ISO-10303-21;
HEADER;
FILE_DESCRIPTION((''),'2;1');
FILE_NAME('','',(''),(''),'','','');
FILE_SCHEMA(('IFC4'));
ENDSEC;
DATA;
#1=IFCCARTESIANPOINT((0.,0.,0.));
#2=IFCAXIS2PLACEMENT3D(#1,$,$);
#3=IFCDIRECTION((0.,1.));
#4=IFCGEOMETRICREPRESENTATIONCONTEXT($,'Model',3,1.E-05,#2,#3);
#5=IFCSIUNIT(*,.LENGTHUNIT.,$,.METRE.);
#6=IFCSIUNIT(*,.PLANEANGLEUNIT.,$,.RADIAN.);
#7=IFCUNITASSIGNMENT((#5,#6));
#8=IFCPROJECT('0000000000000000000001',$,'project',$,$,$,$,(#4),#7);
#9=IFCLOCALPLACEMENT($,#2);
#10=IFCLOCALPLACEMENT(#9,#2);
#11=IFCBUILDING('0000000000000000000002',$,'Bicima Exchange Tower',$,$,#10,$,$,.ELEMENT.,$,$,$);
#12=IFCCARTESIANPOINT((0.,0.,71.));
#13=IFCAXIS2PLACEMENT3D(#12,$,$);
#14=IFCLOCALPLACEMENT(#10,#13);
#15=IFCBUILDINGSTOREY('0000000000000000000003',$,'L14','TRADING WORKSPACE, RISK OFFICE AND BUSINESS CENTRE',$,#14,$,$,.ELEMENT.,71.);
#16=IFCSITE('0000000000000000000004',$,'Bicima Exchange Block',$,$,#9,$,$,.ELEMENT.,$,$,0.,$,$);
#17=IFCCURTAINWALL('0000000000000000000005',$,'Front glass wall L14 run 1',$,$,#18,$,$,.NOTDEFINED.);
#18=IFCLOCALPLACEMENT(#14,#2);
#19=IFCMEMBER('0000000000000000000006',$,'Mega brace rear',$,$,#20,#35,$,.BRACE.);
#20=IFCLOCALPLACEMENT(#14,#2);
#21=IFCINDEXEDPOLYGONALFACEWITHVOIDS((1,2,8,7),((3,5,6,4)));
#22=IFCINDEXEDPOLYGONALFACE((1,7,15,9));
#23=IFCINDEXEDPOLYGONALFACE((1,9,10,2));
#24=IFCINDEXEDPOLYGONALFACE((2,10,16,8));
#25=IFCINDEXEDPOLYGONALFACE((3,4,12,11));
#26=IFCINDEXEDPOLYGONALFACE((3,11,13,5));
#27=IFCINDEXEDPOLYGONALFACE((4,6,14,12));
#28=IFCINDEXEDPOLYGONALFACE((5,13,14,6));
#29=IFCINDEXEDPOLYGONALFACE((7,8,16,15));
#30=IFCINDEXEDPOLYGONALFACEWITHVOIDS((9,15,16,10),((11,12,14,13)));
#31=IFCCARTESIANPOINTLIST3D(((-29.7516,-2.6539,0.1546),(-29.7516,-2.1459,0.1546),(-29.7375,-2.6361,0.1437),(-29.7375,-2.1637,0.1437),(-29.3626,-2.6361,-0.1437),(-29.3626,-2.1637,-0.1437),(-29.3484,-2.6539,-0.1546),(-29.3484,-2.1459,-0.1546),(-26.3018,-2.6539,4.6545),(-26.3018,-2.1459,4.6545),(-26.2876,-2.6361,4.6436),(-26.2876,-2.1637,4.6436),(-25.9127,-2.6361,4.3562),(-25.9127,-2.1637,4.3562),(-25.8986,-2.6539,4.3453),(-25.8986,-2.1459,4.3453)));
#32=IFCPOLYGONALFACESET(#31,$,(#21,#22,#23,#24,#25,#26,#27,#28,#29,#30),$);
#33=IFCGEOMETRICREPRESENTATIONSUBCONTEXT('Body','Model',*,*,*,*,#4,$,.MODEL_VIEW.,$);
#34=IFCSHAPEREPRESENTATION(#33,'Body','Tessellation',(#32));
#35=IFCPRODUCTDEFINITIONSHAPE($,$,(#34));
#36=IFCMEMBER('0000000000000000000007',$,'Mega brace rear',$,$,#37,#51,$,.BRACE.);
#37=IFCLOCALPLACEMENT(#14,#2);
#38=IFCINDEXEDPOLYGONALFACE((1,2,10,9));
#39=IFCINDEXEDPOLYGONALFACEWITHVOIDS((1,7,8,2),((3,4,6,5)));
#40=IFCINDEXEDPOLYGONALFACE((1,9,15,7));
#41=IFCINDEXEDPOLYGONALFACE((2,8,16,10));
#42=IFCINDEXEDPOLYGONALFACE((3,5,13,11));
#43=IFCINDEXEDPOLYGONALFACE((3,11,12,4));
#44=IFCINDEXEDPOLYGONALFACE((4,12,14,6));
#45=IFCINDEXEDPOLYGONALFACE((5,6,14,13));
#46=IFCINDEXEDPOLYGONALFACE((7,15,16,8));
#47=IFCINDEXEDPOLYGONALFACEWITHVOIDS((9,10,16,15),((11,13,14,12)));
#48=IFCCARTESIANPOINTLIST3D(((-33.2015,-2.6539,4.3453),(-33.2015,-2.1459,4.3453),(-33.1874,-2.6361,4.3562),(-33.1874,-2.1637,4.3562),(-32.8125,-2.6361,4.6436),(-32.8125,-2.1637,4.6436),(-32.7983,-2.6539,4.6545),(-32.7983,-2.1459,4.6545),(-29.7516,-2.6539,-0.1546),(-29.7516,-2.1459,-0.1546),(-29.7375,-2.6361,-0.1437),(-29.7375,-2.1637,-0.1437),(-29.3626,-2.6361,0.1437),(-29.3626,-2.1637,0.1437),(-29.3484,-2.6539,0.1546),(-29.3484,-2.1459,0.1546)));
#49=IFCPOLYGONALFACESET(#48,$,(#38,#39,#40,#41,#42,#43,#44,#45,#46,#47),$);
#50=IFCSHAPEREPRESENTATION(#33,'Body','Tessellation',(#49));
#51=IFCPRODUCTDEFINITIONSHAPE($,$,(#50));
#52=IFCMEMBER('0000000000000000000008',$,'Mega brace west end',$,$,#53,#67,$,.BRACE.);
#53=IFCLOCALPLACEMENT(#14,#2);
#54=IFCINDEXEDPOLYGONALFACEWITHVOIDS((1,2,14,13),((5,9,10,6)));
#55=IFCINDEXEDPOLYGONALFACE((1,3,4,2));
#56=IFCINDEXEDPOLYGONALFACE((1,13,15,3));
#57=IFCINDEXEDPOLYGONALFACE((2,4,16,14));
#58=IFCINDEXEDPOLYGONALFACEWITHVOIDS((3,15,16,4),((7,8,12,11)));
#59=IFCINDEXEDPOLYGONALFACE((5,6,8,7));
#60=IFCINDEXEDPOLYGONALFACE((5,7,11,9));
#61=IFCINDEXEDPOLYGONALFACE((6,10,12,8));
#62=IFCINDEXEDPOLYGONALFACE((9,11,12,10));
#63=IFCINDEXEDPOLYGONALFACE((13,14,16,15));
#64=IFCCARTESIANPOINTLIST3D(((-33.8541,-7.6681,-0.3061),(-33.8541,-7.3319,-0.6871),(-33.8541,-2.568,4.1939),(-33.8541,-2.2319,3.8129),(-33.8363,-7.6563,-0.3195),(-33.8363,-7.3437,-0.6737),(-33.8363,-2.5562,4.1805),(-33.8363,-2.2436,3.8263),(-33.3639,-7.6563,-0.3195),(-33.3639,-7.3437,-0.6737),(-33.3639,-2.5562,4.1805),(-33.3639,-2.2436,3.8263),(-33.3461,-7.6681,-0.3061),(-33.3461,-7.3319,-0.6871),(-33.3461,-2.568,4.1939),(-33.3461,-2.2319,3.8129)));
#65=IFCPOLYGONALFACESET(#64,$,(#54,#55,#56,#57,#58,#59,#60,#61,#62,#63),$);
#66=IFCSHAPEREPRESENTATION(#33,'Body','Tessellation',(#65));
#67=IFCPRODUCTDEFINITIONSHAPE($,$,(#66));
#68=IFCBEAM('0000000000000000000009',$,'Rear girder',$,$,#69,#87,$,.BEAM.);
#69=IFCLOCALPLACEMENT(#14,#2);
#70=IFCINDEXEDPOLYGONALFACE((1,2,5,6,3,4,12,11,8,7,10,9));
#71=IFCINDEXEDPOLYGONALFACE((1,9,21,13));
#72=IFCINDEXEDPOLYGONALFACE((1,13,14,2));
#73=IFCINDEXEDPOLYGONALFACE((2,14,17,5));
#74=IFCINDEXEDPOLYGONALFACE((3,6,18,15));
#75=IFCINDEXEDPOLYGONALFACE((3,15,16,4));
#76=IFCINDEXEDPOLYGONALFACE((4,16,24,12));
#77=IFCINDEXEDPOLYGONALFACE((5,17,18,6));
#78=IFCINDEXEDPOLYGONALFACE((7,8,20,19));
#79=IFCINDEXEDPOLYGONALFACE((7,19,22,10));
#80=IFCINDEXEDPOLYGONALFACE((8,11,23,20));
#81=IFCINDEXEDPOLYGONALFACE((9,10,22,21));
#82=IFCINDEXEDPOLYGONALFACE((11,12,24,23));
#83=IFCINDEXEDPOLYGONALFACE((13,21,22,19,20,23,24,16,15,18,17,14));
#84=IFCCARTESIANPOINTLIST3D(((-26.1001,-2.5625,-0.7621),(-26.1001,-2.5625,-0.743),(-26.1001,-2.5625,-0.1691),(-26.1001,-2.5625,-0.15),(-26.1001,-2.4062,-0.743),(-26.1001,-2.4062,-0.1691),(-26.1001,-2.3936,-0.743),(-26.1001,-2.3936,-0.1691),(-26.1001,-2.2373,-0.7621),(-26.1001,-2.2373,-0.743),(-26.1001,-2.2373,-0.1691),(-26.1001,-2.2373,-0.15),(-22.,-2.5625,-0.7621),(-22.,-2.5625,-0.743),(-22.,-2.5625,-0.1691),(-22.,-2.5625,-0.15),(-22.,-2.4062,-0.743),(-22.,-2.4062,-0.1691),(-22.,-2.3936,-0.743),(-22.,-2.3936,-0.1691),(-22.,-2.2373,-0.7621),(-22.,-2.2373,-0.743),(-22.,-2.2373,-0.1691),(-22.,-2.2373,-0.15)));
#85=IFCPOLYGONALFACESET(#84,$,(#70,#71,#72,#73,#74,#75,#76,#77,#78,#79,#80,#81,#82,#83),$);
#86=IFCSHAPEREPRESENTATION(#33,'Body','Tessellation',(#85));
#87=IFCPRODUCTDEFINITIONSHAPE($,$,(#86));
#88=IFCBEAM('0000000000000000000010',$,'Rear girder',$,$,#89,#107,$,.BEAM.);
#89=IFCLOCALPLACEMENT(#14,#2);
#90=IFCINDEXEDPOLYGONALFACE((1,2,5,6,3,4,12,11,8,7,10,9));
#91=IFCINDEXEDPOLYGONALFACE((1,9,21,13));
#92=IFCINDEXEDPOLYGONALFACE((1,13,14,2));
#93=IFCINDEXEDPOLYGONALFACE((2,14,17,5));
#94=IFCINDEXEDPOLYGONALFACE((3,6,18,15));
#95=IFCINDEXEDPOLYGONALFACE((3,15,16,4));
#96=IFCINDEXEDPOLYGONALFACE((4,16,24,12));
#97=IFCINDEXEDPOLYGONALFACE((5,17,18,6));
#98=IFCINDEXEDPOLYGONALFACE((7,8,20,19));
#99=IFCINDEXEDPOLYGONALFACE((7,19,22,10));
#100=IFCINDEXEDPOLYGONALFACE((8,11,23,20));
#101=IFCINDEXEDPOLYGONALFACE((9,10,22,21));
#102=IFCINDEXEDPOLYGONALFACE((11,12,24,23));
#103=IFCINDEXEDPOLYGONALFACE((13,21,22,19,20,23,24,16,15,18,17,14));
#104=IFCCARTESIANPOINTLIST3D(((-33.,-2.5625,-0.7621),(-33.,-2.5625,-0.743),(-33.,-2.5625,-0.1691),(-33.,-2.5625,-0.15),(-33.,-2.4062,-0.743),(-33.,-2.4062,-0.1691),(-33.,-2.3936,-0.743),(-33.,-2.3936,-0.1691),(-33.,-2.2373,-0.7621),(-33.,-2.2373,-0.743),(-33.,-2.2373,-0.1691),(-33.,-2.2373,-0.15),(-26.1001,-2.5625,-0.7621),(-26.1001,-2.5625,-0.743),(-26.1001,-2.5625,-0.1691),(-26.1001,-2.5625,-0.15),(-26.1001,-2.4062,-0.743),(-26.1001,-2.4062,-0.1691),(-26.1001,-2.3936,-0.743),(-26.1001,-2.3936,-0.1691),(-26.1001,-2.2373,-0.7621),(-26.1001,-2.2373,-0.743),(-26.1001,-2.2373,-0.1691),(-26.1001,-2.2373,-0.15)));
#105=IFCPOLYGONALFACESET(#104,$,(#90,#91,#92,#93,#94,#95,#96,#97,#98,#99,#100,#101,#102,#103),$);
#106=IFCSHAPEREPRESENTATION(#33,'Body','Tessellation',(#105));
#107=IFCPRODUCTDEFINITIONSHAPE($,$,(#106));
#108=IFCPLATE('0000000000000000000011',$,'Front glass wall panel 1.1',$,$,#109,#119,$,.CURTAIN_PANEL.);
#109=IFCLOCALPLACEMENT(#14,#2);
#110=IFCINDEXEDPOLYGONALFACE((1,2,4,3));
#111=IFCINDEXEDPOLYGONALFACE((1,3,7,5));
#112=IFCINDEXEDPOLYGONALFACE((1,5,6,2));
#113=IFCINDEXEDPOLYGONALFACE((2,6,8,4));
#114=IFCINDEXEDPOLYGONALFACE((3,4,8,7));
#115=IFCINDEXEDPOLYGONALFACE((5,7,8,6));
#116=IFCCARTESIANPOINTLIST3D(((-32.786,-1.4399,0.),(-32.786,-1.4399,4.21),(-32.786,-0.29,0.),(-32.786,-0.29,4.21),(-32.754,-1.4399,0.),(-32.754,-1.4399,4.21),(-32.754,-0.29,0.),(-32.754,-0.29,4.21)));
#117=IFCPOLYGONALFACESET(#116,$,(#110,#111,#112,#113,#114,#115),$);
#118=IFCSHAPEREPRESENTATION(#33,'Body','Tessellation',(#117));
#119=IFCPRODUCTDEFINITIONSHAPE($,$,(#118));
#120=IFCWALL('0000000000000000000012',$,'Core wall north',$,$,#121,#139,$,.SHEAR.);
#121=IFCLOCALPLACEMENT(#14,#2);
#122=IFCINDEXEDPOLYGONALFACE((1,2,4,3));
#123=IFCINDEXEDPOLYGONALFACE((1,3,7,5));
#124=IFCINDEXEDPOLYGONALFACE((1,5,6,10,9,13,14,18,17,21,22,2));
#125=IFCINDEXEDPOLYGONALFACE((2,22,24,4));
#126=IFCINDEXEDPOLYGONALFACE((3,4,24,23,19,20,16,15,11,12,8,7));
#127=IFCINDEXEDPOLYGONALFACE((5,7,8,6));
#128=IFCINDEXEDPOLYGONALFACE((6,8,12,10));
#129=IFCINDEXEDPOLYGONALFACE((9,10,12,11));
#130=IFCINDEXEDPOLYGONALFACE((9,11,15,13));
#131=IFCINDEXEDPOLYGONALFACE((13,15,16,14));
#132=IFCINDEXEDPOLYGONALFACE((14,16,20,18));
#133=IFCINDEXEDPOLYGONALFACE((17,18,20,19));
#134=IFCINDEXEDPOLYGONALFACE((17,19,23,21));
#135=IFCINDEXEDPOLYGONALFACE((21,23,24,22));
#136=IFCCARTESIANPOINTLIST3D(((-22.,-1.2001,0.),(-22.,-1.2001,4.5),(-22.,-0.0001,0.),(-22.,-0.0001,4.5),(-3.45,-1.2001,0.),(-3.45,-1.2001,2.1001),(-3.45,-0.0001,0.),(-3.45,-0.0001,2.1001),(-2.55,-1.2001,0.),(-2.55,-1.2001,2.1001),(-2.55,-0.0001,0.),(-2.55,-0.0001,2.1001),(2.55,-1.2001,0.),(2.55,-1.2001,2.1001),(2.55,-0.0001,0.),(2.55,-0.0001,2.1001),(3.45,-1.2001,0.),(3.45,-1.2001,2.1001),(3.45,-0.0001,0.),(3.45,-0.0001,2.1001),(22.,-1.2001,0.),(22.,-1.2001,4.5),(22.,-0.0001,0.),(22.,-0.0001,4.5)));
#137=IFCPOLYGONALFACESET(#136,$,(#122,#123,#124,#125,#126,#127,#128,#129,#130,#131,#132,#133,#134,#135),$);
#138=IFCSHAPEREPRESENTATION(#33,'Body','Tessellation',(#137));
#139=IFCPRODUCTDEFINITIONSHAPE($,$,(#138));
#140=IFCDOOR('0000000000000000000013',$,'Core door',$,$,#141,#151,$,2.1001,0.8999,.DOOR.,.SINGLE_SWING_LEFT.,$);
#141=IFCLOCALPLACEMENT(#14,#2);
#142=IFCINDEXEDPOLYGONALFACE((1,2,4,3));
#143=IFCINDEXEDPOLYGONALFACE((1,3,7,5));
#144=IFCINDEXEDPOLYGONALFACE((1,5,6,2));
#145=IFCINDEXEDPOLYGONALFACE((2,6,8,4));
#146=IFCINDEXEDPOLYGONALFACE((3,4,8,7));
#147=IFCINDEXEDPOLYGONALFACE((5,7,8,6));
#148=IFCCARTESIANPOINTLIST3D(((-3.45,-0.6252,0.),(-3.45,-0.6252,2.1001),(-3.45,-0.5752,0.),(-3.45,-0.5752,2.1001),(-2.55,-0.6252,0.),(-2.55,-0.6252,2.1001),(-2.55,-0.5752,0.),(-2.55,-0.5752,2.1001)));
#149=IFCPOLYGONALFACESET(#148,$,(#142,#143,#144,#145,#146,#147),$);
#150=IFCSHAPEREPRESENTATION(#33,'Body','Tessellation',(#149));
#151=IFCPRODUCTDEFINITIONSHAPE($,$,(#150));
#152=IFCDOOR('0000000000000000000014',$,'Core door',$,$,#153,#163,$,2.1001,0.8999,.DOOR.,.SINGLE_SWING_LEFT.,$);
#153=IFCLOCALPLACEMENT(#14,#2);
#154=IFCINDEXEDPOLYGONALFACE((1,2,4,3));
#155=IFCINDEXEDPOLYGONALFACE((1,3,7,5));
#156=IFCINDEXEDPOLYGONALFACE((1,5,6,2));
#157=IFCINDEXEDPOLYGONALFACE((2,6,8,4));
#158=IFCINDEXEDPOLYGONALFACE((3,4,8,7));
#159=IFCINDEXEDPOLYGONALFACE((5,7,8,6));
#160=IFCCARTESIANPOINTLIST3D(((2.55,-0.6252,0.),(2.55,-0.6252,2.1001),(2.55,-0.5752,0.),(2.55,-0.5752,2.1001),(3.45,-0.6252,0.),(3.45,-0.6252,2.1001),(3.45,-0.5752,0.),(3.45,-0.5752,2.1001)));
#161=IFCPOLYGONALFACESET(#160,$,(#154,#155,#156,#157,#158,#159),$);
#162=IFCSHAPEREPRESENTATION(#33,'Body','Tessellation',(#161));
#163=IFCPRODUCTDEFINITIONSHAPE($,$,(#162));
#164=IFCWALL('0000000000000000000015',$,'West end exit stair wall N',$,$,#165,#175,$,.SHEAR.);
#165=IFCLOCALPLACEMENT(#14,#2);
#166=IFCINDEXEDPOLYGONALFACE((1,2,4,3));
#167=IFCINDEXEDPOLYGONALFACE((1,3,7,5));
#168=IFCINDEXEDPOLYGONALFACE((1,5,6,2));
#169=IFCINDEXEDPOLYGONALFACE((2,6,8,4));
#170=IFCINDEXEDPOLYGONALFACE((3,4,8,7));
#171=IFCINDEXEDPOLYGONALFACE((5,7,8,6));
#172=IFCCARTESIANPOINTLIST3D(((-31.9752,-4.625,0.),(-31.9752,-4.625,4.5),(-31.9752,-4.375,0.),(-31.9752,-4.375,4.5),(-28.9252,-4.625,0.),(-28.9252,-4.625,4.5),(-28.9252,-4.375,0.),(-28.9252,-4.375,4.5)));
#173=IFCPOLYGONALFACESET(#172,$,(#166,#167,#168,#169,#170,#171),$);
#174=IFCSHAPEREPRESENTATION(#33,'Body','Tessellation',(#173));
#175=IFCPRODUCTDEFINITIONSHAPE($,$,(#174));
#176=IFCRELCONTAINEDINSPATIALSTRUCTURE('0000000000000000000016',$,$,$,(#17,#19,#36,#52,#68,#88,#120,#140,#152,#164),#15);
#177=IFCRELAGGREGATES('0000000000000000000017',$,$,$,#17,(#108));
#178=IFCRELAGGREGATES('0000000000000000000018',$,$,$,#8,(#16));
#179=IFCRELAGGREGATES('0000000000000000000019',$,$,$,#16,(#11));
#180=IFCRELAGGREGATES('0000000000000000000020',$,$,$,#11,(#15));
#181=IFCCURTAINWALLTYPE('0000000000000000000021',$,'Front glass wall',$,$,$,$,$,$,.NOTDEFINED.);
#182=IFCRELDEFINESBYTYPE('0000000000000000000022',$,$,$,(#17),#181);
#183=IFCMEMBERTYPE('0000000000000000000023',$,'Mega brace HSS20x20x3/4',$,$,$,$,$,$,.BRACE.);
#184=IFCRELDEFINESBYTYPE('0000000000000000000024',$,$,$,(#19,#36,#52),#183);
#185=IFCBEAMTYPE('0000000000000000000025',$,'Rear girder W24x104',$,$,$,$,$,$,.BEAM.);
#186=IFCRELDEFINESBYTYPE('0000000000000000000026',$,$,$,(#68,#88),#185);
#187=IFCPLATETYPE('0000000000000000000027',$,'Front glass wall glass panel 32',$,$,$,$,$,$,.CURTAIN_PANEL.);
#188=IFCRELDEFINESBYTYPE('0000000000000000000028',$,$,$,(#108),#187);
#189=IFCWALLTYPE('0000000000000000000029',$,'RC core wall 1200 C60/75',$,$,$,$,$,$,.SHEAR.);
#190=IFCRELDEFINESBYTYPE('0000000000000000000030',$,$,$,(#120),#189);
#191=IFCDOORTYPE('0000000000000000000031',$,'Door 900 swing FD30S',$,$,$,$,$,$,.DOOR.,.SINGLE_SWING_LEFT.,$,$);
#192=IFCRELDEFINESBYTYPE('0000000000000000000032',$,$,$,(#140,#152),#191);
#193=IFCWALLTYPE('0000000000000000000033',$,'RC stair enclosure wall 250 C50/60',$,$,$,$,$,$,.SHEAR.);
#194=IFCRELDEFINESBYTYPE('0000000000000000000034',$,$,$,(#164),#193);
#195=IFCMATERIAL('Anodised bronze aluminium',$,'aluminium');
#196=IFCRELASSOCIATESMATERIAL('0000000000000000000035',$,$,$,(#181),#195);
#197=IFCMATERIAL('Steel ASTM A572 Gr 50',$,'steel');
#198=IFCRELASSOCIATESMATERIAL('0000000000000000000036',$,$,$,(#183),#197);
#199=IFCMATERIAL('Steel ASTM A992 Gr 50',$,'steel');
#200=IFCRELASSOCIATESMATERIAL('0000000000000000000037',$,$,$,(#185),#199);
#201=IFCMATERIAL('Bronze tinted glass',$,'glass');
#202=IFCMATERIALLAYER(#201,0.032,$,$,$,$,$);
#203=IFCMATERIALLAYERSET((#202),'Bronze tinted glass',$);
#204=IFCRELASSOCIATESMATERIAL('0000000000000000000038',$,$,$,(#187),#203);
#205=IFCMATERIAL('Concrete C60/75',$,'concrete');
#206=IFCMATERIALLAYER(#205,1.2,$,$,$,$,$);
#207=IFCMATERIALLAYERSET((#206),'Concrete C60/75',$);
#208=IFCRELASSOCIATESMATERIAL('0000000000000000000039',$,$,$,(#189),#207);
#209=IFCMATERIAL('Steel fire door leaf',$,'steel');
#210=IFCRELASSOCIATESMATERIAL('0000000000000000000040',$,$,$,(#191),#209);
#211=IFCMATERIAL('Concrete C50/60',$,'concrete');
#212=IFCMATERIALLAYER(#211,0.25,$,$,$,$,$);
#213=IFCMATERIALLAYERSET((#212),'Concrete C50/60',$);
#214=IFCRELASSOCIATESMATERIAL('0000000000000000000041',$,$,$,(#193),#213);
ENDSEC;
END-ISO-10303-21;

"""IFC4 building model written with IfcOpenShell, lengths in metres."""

from ifc_helpers import new_model, si_unit, direction, frame, frame_2d, origin, origin_2d, place, context, subcontext, project, spatial, rectangle, hollow_rectangle, i_section, extrude, material, layer, layer_set, material_profile, profile_set, type_object, element, fill, aggregate, save


model = new_model("IFC4")

# Units and contexts
model_context = context("Model", 3, precision=1e-05, world=origin(), true_north=direction((0.0, 1.0)))
body_context = subcontext(model_context, "Body", "Model", "MODEL_VIEW")
ifc_project = project(units=[si_unit("LENGTHUNIT", "METRE"), si_unit("PLANEANGLEUNIT", "RADIAN")], contexts=[model_context])

# Site, building, storey
site_placement = place(None, origin())
site = spatial("IfcSite", under=ifc_project, at=site_placement, Name="Bicima Exchange Block", CompositionType="ELEMENT", RefElevation=0.0)
building_placement = place(site_placement, origin())
building = spatial("IfcBuilding", under=site, at=building_placement, Name="Bicima Exchange Tower", CompositionType="ELEMENT")
storey_placement = place(building_placement, frame((0.0, 0.0, 71.0)))
storey = spatial("IfcBuildingStorey", under=building, at=storey_placement, Name="L14", Description="TRADING WORKSPACE, RISK OFFICE AND BUSINESS CENTRE", CompositionType="ELEMENT", Elevation=71.0)

# Shared definitions
ifc_material_1 = material(Name="Steel ASTM A572 Gr 50", Category="steel")
ifc_material_2 = material(Name="Steel ASTM A992 Gr 50", Category="steel")

# Curtain wall
ifc_material_3 = material(Name="Anodised bronze aluminium", Category="aluminium")
curtain_wall_type = type_object("IfcCurtainWallType", Name="Front glass wall", PredefinedType="NOTDEFINED", material=ifc_material_3)
curtain_wall_placement = place(storey_placement, origin())
curtain_wall = element("IfcCurtainWall", 1, at=curtain_wall_placement, inside=storey, type_object=curtain_wall_type, Name="Front glass wall L14 run 1", PredefinedType="NOTDEFINED")

# Members
ifc_material_profile_1 = material_profile(ifc_material_1, hollow_rectangle(XDim=0.5081, YDim=0.5081, WallThickness=0.0178, at=origin_2d()))
ifc_profile_set_1 = profile_set([ifc_material_profile_1], Name="Steel ASTM A572 Gr 50")
member_type_1 = type_object("IfcMemberType", Name="Mega brace HSS20x20x3/4", PredefinedType="BRACE", material=ifc_profile_set_1)
for number, where, z_axis, x_axis, name in (
    (2, (-29.55, -2.3999, 0.0), (0.608426, 0.0, 0.793611), (0.0, 1.0, 0.0), "Mega brace rear"),
    (3, (-29.55, -2.3999, 0.0), (-0.608426, 0.0, 0.793611), (0.0, -1.0, 0.0), "Mega brace rear"),
):
    element("IfcMember", number, at=place(storey_placement, frame(where, z_axis=z_axis, x_axis=x_axis)), inside=storey, type_object=member_type_1, Name=name, PredefinedType="BRACE", context=body_context, shape_type="SweptSolid", body=[
        extrude(hollow_rectangle(XDim=0.5081, YDim=0.5081, WallThickness=0.0178, at=origin_2d()), origin(), (0.0, 0.0, 1.0), 5.6702),
    ])
member_1_placement = place(storey_placement, frame((-33.6001, -7.5, -0.4966), z_axis=(0.0, 0.749844, 0.661615), x_axis=(-1.0, 0.0, 0.0)))
element("IfcMember", 4, at=member_1_placement, inside=storey, type_object=member_type_1, Name="Mega brace west end", PredefinedType="BRACE", context=body_context, shape_type="SweptSolid", body=[
    extrude(hollow_rectangle(XDim=0.5081, YDim=0.5081, WallThickness=0.0178, at=origin_2d()), origin(), (0.0, 0.0, 1.0), 6.8015),
])

# Beams
ifc_material_profile_2 = material_profile(ifc_material_2, i_section(OverallWidth=0.3252, OverallDepth=0.6121, WebThickness=0.0127, FlangeThickness=0.019, at=origin_2d()))
ifc_profile_set_2 = profile_set([ifc_material_profile_2], Name="Steel ASTM A992 Gr 50")
beam_type_1 = type_object("IfcBeamType", Name="Rear girder W24x104", PredefinedType="BEAM", material=ifc_profile_set_2)
beam_1_placement = place(storey_placement, frame((-22.0, -2.3999, -0.4561), z_axis=(-1.0, 0.0, 0.0), x_axis=(0.0, -1.0, 0.0)))
element("IfcBeam", 5, at=beam_1_placement, inside=storey, type_object=beam_type_1, Name="Rear girder", PredefinedType="BEAM", context=body_context, shape_type="SweptSolid", body=[
    extrude(i_section(OverallWidth=0.3252, OverallDepth=0.6121, WebThickness=0.0127, FlangeThickness=0.019, at=origin_2d()), origin(), (0.0, 0.0, 1.0), 4.1001),
])
beam_2_placement = place(storey_placement, frame((-26.1001, -2.3999, -0.4561), z_axis=(-1.0, 0.0, 0.0), x_axis=(0.0, -1.0, 0.0)))
element("IfcBeam", 6, at=beam_2_placement, inside=storey, type_object=beam_type_1, Name="Rear girder", PredefinedType="BEAM", context=body_context, shape_type="SweptSolid", body=[
    extrude(i_section(OverallWidth=0.3252, OverallDepth=0.6121, WebThickness=0.0127, FlangeThickness=0.019, at=origin_2d()), origin(), (0.0, 0.0, 1.0), 6.8999),
])

# Plate
ifc_material_4 = material(Name="Bronze tinted glass", Category="glass")
ifc_layer_1 = layer(ifc_material_4, 0.032)
ifc_layer_set_1 = layer_set([ifc_layer_1], Name="Bronze tinted glass")
plate_type = type_object("IfcPlateType", Name="Front glass wall glass panel 32", PredefinedType="CURTAIN_PANEL", material=ifc_layer_set_1)
plate_placement = place(storey_placement, frame((-32.77, -0.865, 0.0), z_axis=(0.0, 0.0, 1.0), x_axis=(0.0, -1.0, 0.0)))
plate = element("IfcPlate", 7, at=plate_placement, type_object=plate_type, Name="Front glass wall panel 1.1", PredefinedType="CURTAIN_PANEL", context=body_context, shape_type="SweptSolid", body=[
    extrude(rectangle(XDim=1.1499, YDim=0.032, at=origin_2d()), origin(), (0.0, 0.0, 1.0), 4.21),
])
aggregate(curtain_wall, [plate])

# Wall, openings, doors
ifc_material_5 = material(Name="Concrete C60/75", Category="concrete")
ifc_layer_2 = layer(ifc_material_5, 1.2)
ifc_layer_set_2 = layer_set([ifc_layer_2], Name="Concrete C60/75")
wall_type_1 = type_object("IfcWallType", Name="RC core wall 1200 C60/75", PredefinedType="SHEAR", material=ifc_layer_set_2)
wall_1_placement = place(storey_placement, frame((-22.0, -0.6001, 0.0), z_axis=(0.0, 0.0, 1.0), x_axis=(1.0, 0.0, 0.0)))
wall_1 = element("IfcWall", 8, at=wall_1_placement, inside=storey, type_object=wall_type_1, Name="Core wall north", PredefinedType="SHEAR", context=body_context, shape_type="SweptSolid", body=[
    extrude(rectangle(XDim=44.0, YDim=1.2, at=frame_2d((22.0, 0.0))), origin(), (0.0, 0.0, 1.0), 4.5),
])
opening_1_placement = place(wall_1_placement, frame((18.55, 0.0, 0.0)))
opening_1 = element("IfcOpeningElement", 9, at=opening_1_placement, cuts=wall_1, PredefinedType="OPENING", context=body_context, shape_type="SweptSolid", body=[
    extrude(rectangle(XDim=0.8999, YDim=2.1001, at=frame_2d((0.45, 1.05))), frame((0.0, 0.6118, 0.0), z_axis=(0.0, -1.0, 0.0), x_axis=(1.0, 0.0, 0.0)), (0.0, 0.0, 1.0), 1.2239),
])
opening_2_placement = place(wall_1_placement, frame((24.55, 0.0, 0.0)))
opening_2 = element("IfcOpeningElement", 10, at=opening_2_placement, cuts=wall_1, PredefinedType="OPENING", context=body_context, shape_type="SweptSolid", body=[
    extrude(rectangle(XDim=0.8999, YDim=2.1001, at=frame_2d((0.45, 1.05))), frame((0.0, 0.6118, 0.0), z_axis=(0.0, -1.0, 0.0), x_axis=(1.0, 0.0, 0.0)), (0.0, 0.0, 1.0), 1.2239),
])
ifc_material_6 = material(Name="Steel fire door leaf", Category="steel")
door_type = type_object("IfcDoorType", Name="Door 900 swing FD30S", OperationType="SINGLE_SWING_LEFT", PredefinedType="DOOR", material=ifc_material_6)
door_1_placement = place(opening_1_placement, origin())
door_1 = element("IfcDoor", 11, at=door_1_placement, inside=storey, type_object=door_type, Name="Core door", OperationType="SINGLE_SWING_LEFT", OverallHeight=2.1001, OverallWidth=0.8999, PredefinedType="DOOR", context=body_context, shape_type="SweptSolid", body=[
    extrude(rectangle(XDim=0.8999, YDim=2.1001, at=frame_2d((0.45, 1.05))), frame((0.0, 0.0249, 0.0), z_axis=(0.0, -1.0, 0.0), x_axis=(1.0, 0.0, 0.0)), (0.0, 0.0, 1.0), 0.05),
])
fill(opening_1, door_1)
door_2_placement = place(opening_2_placement, origin())
door_2 = element("IfcDoor", 12, at=door_2_placement, inside=storey, type_object=door_type, Name="Core door", OperationType="SINGLE_SWING_LEFT", OverallHeight=2.1001, OverallWidth=0.8999, PredefinedType="DOOR", context=body_context, shape_type="SweptSolid", body=[
    extrude(rectangle(XDim=0.8999, YDim=2.1001, at=frame_2d((0.45, 1.05))), frame((0.0, 0.0249, 0.0), z_axis=(0.0, -1.0, 0.0), x_axis=(1.0, 0.0, 0.0)), (0.0, 0.0, 1.0), 0.05),
])
fill(opening_2, door_2)

# Wall
ifc_material_7 = material(Name="Concrete C50/60", Category="concrete")
ifc_layer_3 = layer(ifc_material_7, 0.25)
ifc_layer_set_3 = layer_set([ifc_layer_3], Name="Concrete C50/60")
wall_type_2 = type_object("IfcWallType", Name="RC stair enclosure wall 250 C50/60", PredefinedType="SHEAR", material=ifc_layer_set_3)
wall_2_placement = place(storey_placement, frame((-31.9751, -4.5, 0.0), z_axis=(0.0, 0.0, 1.0), x_axis=(1.0, 0.0, 0.0)))
element("IfcWall", 13, at=wall_2_placement, inside=storey, type_object=wall_type_2, Name="West end exit stair wall N", PredefinedType="SHEAR", context=body_context, shape_type="SweptSolid", body=[
    extrude(rectangle(XDim=3.05, YDim=0.25, at=frame_2d((1.5249, 0.0))), origin(), (0.0, 0.0, 1.0), 4.5),
])

save(model, "model.ifc")
